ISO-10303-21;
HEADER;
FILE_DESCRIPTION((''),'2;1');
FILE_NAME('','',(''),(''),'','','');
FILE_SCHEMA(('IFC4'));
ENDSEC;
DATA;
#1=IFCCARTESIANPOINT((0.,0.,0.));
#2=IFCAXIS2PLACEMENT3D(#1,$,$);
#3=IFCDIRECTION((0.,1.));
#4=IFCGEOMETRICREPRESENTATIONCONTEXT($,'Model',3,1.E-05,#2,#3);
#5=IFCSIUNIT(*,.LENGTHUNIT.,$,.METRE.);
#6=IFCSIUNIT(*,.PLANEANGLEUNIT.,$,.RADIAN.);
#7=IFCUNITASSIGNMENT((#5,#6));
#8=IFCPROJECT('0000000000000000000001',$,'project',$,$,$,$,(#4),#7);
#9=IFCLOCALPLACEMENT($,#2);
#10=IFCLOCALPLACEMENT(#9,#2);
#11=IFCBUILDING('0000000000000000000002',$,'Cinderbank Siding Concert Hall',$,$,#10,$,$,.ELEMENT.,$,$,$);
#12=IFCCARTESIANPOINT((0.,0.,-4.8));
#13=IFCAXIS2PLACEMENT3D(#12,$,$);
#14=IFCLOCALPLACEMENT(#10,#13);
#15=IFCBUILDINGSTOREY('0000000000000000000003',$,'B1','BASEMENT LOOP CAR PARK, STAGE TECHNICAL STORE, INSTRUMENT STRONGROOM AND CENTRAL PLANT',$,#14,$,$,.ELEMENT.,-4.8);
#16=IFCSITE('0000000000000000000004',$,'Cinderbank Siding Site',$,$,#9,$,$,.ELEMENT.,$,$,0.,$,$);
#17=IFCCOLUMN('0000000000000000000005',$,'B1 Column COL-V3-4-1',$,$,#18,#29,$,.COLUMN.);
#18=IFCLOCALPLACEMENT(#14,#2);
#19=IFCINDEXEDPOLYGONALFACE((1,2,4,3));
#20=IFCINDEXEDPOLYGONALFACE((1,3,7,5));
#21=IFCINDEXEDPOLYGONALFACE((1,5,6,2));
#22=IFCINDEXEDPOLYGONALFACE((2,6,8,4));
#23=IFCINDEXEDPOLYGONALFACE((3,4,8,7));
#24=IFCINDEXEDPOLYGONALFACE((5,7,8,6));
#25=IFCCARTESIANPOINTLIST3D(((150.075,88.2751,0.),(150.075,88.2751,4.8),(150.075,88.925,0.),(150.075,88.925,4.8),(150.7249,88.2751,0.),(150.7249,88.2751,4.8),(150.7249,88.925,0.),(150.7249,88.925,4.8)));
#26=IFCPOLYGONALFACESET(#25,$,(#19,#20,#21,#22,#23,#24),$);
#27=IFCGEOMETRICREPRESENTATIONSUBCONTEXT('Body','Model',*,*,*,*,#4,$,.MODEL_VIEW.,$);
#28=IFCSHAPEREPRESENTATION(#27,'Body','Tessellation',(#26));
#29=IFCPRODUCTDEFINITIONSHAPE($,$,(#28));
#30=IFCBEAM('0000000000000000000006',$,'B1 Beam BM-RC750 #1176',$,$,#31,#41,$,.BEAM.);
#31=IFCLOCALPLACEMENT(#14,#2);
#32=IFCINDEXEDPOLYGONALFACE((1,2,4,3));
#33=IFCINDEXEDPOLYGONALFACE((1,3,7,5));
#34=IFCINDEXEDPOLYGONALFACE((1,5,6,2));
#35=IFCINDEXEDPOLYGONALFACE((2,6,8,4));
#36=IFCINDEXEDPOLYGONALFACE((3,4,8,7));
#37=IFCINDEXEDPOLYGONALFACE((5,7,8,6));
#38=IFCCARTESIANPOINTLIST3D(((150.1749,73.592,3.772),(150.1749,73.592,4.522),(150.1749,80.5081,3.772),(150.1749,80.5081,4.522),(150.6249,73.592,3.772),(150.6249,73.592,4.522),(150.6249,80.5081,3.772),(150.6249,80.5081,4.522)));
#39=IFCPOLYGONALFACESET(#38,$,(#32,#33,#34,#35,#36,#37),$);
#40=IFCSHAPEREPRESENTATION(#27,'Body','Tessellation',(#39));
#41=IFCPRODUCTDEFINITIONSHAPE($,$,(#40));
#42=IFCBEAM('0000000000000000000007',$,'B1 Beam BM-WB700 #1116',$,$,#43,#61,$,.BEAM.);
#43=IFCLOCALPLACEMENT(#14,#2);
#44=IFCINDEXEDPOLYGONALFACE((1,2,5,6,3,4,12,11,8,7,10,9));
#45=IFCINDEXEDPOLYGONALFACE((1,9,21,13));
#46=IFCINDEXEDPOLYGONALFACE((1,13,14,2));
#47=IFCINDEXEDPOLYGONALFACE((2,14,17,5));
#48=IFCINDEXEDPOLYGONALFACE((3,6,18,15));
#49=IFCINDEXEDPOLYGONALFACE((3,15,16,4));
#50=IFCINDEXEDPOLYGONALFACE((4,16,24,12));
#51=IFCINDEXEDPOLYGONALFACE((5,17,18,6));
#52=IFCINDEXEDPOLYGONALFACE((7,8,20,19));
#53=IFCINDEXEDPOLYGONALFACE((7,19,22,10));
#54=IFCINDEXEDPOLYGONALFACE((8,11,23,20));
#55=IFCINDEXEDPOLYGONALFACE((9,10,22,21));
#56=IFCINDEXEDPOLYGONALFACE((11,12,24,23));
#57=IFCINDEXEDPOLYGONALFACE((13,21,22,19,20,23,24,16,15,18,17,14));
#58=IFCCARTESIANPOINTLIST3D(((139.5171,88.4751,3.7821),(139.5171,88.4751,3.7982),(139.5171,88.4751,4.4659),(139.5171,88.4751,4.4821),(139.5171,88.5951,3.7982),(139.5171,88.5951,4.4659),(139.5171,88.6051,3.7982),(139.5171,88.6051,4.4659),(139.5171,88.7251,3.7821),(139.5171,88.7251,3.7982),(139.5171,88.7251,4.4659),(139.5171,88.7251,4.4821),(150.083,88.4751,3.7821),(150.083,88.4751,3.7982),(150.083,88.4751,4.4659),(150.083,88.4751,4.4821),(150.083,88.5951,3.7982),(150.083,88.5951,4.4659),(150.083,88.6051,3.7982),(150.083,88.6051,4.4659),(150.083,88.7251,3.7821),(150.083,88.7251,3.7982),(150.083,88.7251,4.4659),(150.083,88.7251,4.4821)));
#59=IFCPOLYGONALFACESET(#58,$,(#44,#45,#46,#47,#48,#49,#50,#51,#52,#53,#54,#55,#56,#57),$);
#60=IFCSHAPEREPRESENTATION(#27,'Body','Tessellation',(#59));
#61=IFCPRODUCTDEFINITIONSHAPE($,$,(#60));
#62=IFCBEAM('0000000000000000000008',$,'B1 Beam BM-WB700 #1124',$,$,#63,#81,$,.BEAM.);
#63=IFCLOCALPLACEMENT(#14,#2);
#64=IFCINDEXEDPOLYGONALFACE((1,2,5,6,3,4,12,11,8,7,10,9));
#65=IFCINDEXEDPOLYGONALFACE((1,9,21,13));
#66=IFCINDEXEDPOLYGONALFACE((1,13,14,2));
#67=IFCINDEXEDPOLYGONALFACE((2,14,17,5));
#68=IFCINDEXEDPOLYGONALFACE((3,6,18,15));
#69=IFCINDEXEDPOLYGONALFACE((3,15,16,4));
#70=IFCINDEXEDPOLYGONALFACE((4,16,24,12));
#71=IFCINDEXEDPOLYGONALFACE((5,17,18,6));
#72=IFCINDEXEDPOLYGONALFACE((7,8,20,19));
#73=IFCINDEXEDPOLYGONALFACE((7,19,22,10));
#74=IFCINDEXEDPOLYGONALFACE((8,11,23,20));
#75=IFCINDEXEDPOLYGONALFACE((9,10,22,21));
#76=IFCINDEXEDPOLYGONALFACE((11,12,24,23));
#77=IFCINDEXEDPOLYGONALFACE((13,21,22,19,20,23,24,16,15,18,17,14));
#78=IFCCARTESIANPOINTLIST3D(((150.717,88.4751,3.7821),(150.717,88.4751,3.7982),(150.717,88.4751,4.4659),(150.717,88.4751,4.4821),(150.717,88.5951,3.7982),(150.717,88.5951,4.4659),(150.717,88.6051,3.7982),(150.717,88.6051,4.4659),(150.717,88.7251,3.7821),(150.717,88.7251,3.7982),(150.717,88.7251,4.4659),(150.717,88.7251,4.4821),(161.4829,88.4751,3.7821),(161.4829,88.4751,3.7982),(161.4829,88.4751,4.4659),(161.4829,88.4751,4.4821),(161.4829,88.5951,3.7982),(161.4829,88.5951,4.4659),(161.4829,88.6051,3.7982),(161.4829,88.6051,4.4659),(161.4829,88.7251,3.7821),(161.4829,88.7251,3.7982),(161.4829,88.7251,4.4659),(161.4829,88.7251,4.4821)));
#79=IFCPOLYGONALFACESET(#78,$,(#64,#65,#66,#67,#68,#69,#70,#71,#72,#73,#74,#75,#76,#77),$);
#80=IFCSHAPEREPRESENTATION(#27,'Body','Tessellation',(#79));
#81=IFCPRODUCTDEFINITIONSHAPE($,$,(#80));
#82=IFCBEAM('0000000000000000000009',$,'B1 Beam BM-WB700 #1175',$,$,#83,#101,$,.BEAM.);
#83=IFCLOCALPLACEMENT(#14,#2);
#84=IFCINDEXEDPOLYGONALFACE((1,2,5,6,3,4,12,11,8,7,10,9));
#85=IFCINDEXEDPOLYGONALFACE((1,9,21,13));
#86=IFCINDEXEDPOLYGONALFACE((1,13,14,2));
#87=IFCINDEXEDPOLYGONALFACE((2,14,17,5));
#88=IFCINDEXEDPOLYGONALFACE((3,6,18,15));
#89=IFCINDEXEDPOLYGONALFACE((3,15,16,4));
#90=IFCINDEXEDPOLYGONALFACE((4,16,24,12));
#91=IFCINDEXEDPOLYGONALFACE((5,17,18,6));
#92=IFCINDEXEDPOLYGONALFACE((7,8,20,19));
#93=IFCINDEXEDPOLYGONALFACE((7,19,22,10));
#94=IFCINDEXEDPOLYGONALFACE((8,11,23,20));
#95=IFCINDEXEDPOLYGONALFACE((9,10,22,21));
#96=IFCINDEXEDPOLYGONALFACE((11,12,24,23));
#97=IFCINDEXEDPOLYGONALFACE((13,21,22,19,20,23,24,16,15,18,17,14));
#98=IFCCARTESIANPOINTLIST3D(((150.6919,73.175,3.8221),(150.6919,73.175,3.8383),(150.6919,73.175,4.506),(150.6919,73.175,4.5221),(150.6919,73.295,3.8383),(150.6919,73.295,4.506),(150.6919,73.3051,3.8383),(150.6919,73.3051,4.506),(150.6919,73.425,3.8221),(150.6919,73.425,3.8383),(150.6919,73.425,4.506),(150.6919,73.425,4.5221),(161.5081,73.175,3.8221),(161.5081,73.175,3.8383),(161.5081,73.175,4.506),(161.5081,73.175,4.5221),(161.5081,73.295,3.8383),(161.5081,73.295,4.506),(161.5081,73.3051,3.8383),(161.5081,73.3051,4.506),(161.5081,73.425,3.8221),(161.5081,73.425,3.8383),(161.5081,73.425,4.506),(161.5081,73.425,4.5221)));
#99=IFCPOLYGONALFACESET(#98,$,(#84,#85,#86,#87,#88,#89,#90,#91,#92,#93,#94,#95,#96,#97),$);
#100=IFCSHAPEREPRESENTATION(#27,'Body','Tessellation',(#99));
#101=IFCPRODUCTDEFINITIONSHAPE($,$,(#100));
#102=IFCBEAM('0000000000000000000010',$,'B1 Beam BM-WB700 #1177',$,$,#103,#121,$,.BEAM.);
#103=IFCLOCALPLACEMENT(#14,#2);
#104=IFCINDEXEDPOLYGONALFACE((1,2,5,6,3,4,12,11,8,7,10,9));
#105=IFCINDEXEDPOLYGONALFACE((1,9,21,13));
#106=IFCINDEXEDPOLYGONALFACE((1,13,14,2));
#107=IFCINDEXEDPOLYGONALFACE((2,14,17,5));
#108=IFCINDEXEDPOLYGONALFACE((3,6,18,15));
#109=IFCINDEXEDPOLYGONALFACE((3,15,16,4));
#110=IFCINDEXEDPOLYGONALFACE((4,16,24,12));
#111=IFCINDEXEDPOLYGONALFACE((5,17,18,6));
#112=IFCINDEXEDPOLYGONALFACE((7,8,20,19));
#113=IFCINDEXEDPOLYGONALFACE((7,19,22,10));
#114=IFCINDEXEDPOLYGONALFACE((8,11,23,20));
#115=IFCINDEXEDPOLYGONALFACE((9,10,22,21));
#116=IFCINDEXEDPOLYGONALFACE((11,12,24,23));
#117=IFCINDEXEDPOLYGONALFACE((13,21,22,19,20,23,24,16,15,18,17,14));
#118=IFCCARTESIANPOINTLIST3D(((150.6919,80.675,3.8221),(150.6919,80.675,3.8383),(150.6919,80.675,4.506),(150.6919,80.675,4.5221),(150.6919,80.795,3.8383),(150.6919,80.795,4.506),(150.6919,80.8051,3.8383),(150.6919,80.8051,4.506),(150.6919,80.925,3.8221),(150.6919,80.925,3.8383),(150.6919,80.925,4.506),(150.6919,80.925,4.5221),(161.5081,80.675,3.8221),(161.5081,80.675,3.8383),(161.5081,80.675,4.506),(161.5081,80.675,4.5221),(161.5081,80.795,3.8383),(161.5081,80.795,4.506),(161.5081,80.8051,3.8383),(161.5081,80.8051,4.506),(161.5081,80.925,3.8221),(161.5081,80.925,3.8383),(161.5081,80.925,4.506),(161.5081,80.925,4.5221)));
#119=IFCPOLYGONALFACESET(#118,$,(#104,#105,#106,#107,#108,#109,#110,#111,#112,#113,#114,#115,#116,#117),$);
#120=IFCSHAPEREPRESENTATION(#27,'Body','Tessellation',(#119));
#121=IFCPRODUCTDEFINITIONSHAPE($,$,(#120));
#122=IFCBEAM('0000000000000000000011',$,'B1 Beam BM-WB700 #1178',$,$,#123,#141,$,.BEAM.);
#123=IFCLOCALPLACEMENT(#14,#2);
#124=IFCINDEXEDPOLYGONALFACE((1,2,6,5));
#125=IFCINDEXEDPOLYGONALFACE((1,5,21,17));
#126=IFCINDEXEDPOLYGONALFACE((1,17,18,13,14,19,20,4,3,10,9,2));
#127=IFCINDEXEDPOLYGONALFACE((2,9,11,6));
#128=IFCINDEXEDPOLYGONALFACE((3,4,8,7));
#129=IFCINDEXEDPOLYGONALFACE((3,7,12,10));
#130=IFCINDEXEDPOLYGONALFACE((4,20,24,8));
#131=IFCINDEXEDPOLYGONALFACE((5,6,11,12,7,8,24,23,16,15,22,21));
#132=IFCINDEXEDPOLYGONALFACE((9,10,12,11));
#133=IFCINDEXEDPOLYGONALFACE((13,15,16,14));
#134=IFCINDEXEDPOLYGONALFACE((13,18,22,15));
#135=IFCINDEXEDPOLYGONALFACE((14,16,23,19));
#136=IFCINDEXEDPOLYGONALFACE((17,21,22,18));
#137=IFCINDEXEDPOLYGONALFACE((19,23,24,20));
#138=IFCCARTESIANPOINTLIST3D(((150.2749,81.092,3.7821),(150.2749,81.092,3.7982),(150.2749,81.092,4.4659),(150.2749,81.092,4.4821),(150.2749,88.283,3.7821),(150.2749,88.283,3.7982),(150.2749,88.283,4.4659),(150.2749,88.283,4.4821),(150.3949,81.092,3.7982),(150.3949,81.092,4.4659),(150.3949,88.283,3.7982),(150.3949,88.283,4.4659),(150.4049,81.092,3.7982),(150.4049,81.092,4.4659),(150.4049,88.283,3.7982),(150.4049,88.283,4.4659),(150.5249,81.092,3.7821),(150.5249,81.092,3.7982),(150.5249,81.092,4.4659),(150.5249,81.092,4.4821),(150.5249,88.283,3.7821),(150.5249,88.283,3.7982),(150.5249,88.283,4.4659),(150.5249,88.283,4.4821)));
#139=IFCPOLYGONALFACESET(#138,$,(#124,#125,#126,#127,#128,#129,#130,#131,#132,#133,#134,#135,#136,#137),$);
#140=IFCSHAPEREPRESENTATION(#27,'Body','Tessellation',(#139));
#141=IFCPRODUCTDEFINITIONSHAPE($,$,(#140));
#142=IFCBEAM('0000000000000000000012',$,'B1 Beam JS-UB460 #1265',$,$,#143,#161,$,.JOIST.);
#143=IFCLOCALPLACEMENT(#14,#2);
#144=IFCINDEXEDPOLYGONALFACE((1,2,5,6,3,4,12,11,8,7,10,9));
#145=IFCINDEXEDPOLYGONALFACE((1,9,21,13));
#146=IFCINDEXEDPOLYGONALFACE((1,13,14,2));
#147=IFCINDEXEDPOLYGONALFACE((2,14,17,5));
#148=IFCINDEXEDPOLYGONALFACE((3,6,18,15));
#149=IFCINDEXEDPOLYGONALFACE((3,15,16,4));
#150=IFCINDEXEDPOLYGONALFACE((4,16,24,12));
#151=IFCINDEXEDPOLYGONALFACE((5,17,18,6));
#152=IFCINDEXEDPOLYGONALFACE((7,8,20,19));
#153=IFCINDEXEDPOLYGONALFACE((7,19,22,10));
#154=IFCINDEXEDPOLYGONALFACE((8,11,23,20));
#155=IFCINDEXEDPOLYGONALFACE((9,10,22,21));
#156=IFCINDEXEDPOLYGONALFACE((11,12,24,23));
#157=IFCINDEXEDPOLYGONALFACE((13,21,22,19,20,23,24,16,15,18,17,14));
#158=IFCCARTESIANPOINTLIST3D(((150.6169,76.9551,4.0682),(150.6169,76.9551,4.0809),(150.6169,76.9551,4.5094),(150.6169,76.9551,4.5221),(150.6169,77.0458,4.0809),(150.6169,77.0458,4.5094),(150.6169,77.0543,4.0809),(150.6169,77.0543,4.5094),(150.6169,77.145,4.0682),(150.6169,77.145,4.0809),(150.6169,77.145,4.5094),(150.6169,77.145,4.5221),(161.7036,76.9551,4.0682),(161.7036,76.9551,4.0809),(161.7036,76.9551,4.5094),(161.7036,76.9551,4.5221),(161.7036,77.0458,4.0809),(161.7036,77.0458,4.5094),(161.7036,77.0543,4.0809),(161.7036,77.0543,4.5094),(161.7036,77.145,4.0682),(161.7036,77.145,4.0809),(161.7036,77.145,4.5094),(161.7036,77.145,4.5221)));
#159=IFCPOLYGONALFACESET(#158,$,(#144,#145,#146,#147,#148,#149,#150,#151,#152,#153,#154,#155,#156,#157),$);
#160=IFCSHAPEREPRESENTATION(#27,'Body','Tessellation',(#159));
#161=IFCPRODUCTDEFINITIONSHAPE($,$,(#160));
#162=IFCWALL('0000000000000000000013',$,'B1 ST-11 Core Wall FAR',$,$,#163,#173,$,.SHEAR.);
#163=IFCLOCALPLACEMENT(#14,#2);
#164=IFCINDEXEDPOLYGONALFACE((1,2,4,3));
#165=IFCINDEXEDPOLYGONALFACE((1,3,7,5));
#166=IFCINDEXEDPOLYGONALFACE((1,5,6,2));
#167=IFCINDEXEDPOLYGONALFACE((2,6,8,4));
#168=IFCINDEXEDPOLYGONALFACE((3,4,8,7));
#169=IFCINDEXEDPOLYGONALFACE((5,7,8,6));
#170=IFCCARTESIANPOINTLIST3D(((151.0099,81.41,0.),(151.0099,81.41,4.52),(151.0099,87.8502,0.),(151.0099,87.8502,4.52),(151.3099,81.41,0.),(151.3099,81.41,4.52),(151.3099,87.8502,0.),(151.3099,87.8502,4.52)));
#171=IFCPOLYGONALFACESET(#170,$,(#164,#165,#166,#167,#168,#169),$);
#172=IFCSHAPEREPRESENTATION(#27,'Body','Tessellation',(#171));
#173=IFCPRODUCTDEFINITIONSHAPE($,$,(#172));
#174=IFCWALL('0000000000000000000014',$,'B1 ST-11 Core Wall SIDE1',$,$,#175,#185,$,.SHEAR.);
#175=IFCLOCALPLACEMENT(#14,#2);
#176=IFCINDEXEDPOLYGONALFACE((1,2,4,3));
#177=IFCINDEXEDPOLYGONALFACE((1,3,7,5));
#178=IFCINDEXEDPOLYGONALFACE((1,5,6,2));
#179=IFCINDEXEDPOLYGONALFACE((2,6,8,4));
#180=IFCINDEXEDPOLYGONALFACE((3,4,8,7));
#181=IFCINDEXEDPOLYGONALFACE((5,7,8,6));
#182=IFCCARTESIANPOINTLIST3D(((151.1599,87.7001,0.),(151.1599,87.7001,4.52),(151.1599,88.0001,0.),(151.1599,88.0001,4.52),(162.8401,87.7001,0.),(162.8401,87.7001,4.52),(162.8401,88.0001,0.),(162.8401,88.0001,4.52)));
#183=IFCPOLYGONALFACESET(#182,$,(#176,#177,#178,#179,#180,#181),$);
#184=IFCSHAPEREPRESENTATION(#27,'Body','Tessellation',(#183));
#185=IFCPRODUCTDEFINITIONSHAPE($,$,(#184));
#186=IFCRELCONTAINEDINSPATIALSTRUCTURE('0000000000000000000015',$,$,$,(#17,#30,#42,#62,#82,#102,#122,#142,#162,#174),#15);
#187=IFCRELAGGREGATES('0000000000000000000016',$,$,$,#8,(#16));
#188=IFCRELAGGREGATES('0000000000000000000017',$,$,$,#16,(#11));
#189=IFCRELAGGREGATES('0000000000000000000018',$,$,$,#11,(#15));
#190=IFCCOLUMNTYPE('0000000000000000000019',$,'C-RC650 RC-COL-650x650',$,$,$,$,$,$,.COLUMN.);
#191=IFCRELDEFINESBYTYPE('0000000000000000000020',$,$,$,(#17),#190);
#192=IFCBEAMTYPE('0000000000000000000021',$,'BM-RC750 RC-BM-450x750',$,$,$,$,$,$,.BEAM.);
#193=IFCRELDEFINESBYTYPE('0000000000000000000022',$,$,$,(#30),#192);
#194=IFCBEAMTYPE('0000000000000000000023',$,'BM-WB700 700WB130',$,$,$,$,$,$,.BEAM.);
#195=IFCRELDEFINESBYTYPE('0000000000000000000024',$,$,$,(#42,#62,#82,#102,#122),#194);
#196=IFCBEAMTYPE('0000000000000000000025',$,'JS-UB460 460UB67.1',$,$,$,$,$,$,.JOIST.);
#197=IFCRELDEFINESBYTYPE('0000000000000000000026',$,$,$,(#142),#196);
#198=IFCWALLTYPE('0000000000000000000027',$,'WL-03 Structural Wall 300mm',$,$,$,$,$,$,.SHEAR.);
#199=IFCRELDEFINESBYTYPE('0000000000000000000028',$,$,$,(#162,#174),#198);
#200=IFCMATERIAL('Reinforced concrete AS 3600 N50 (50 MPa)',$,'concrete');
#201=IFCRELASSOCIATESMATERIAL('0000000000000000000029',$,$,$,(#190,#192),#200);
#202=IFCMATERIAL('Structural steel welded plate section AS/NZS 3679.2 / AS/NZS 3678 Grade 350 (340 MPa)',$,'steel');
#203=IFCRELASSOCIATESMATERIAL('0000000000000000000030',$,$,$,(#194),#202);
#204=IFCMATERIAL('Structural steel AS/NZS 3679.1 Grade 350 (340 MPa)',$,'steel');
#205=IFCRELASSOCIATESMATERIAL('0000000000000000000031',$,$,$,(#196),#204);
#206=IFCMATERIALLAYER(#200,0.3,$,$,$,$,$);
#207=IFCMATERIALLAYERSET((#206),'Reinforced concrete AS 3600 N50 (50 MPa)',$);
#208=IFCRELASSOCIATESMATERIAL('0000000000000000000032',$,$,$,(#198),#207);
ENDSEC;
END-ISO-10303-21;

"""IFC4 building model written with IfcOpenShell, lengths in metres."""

from ifc_helpers import new_model, si_unit, direction, frame, frame_2d, origin, origin_2d, place, context, subcontext, project, spatial, rectangle, i_section, extrude, material, layer, layer_set, material_profile, profile_set, type_object, element, save


model = new_model("IFC4")

# Units and contexts
model_context = context("Model", 3, precision=1e-05, world=origin(), true_north=direction((0.0, 1.0)))
body_context = subcontext(model_context, "Body", "Model", "MODEL_VIEW")
ifc_project = project(units=[si_unit("LENGTHUNIT", "METRE"), si_unit("PLANEANGLEUNIT", "RADIAN")], contexts=[model_context])

# Site, building, storey
site_placement = place(None, origin())
site = spatial("IfcSite", under=ifc_project, at=site_placement, Name="Cinderbank Siding Site", CompositionType="ELEMENT", RefElevation=0.0)
building_placement = place(site_placement, origin())
building = spatial("IfcBuilding", under=site, at=building_placement, Name="Cinderbank Siding Concert Hall", CompositionType="ELEMENT")
storey_placement = place(building_placement, frame((0.0, 0.0, -4.8)))
storey = spatial("IfcBuildingStorey", under=building, at=storey_placement, Name="B1", Description="BASEMENT LOOP CAR PARK, STAGE TECHNICAL STORE, INSTRUMENT STRONGROOM AND CENTRAL PLANT", CompositionType="ELEMENT", Elevation=-4.8)

# Column
ifc_material_1 = material(Name="Reinforced concrete AS 3600 N50 (50 MPa)", Category="concrete")
ifc_material_profile_1 = material_profile(ifc_material_1, rectangle(XDim=0.6499, YDim=0.6499, at=origin_2d()), Name="RC-COL-650x650", Category="LoadBearing")
ifc_profile_set_1 = profile_set([ifc_material_profile_1], Name="Reinforced concrete AS 3600 N50 (50 MPa)")
column_type_1 = type_object("IfcColumnType", Name="C-RC650 RC-COL-650x650", PredefinedType="COLUMN", material=ifc_profile_set_1)
column_placement = place(storey_placement, frame((150.3999, 88.6001, 0.0), z_axis=(0.0, 0.0, 1.0), x_axis=(1.0, 0.0, 0.0)))
element("IfcColumn", 1, at=column_placement, inside=storey, type_object=column_type_1, Name="B1 Column COL-V3-4-1", PredefinedType="COLUMN", context=body_context, shape_type="SweptSolid", body=[
    extrude(rectangle(XDim=0.6499, YDim=0.6499, at=origin_2d()), origin(), (0.0, 0.0, 1.0), 4.8),
])

# Beams
ifc_material_profile_2 = material_profile(ifc_material_1, rectangle(XDim=0.45, YDim=0.75, at=origin_2d()), Name="RC-BM-450x750", Category="LoadBearing")
ifc_profile_set_2 = profile_set([ifc_material_profile_2], Name="Reinforced concrete AS 3600 N50 (50 MPa)")
beam_type_1 = type_object("IfcBeamType", Name="BM-RC750 RC-BM-450x750", PredefinedType="BEAM", material=ifc_profile_set_2)
beam_1_placement = place(storey_placement, frame((150.3999, 73.592, 4.147), z_axis=(0.0, 1.0, 0.0), x_axis=(-1.0, 0.0, 0.0)))
element("IfcBeam", 2, at=beam_1_placement, inside=storey, type_object=beam_type_1, Name="B1 Beam BM-RC750 #1176", PredefinedType="BEAM", context=body_context, shape_type="SweptSolid", body=[
    extrude(rectangle(XDim=0.45, YDim=0.75, at=origin_2d()), origin(), (0.0, 0.0, 1.0), 6.916),
])
ifc_material_2 = material(Name="Structural steel welded plate section AS/NZS 3679.2 / AS/NZS 3678 Grade 350 (340 MPa)", Category="steel")
ifc_material_profile_3 = material_profile(ifc_material_2, i_section(OverallWidth=0.25, OverallDepth=0.7, WebThickness=0.01, FlangeThickness=0.0161, at=origin_2d()), Name="700WB130", Category="LoadBearing")
ifc_profile_set_3 = profile_set([ifc_material_profile_3], Name="Structural steel welded plate section AS/NZS 3679.2 / AS/NZS 3678 Grade 350 (340 MPa)")
beam_type_2 = type_object("IfcBeamType", Name="BM-WB700 700WB130", PredefinedType="BEAM", material=ifc_profile_set_3)
beam_2_placement = place(storey_placement, frame((139.5171, 88.6001, 4.1321), z_axis=(1.0, 0.0, 0.0), x_axis=(0.0, 1.0, 0.0)))
element("IfcBeam", 3, at=beam_2_placement, inside=storey, type_object=beam_type_2, Name="B1 Beam BM-WB700 #1116", PredefinedType="BEAM", context=body_context, shape_type="SweptSolid", body=[
    extrude(i_section(OverallWidth=0.25, OverallDepth=0.7, WebThickness=0.01, FlangeThickness=0.0161, at=origin_2d()), origin(), (0.0, 0.0, 1.0), 10.5659),
])
beam_3_placement = place(storey_placement, frame((150.717, 88.6001, 4.1321), z_axis=(1.0, 0.0, 0.0), x_axis=(0.0, 1.0, 0.0)))
element("IfcBeam", 4, at=beam_3_placement, inside=storey, type_object=beam_type_2, Name="B1 Beam BM-WB700 #1124", PredefinedType="BEAM", context=body_context, shape_type="SweptSolid", body=[
    extrude(i_section(OverallWidth=0.25, OverallDepth=0.7, WebThickness=0.01, FlangeThickness=0.0161, at=origin_2d()), origin(), (0.0, 0.0, 1.0), 10.7659),
])
for number, where, z_axis, x_axis, name in (
    (5, (150.6919, 73.3, 4.1721), (1.0, 0.0, 0.0), (0.0, 1.0, 0.0), "B1 Beam BM-WB700 #1175"),
    (6, (150.6919, 80.8, 4.1721), (1.0, 0.0, 0.0), (0.0, 1.0, 0.0), "B1 Beam BM-WB700 #1177"),
):
    element("IfcBeam", number, at=place(storey_placement, frame(where, z_axis=z_axis, x_axis=x_axis)), inside=storey, type_object=beam_type_2, Name=name, PredefinedType="BEAM", context=body_context, shape_type="SweptSolid", body=[
        extrude(i_section(OverallWidth=0.25, OverallDepth=0.7, WebThickness=0.01, FlangeThickness=0.0161, at=origin_2d()), origin(), (0.0, 0.0, 1.0), 10.8162),
    ])
beam_4_placement = place(storey_placement, frame((150.3999, 81.092, 4.1321), z_axis=(0.0, 1.0, 0.0), x_axis=(-1.0, 0.0, 0.0)))
element("IfcBeam", 7, at=beam_4_placement, inside=storey, type_object=beam_type_2, Name="B1 Beam BM-WB700 #1178", PredefinedType="BEAM", context=body_context, shape_type="SweptSolid", body=[
    extrude(i_section(OverallWidth=0.25, OverallDepth=0.7, WebThickness=0.01, FlangeThickness=0.0161, at=origin_2d()), origin(), (0.0, 0.0, 1.0), 7.1909),
])
ifc_material_3 = material(Name="Structural steel AS/NZS 3679.1 Grade 350 (340 MPa)", Category="steel")
ifc_material_profile_4 = material_profile(ifc_material_3, i_section(OverallWidth=0.1899, OverallDepth=0.4539, WebThickness=0.0085, FlangeThickness=0.0127, at=origin_2d()), Name="460UB67.1", Category="LoadBearing")
ifc_profile_set_4 = profile_set([ifc_material_profile_4], Name="Structural steel AS/NZS 3679.1 Grade 350 (340 MPa)")
beam_type_3 = type_object("IfcBeamType", Name="JS-UB460 460UB67.1", PredefinedType="JOIST", material=ifc_profile_set_4)
beam_5_placement = place(storey_placement, frame((150.6169, 77.05, 4.2952), z_axis=(1.0, 0.0, 0.0), x_axis=(0.0, 1.0, 0.0)))
element("IfcBeam", 8, at=beam_5_placement, inside=storey, type_object=beam_type_3, Name="B1 Beam JS-UB460 #1265", PredefinedType="JOIST", context=body_context, shape_type="SweptSolid", body=[
    extrude(i_section(OverallWidth=0.1899, OverallDepth=0.4539, WebThickness=0.0085, FlangeThickness=0.0127, at=origin_2d()), origin(), (0.0, 0.0, 1.0), 11.0867),
])

# Walls
ifc_layer_1 = layer(ifc_material_1, 0.3)
ifc_layer_set_1 = layer_set([ifc_layer_1], Name="Reinforced concrete AS 3600 N50 (50 MPa)")
wall_type = type_object("IfcWallType", Name="WL-03 Structural Wall 300mm", PredefinedType="SHEAR", material=ifc_layer_set_1)
wall_1_placement = place(storey_placement, frame((151.1599, 81.4099, 0.0), z_axis=(0.0, 0.0, 1.0), x_axis=(0.0, 1.0, 0.0)))
element("IfcWall", 9, at=wall_1_placement, inside=storey, type_object=wall_type, Name="B1 ST-11 Core Wall FAR", PredefinedType="SHEAR", context=body_context, shape_type="SweptSolid", body=[
    extrude(rectangle(XDim=6.4402, YDim=0.3, at=frame_2d((3.2202, 0.0))), origin(), (0.0, 0.0, 1.0), 4.52),
])
wall_2_placement = place(storey_placement, frame((151.1599, 87.8501, 0.0), z_axis=(0.0, 0.0, 1.0), x_axis=(1.0, 0.0, 0.0)))
element("IfcWall", 10, at=wall_2_placement, inside=storey, type_object=wall_type, Name="B1 ST-11 Core Wall SIDE1", PredefinedType="SHEAR", context=body_context, shape_type="SweptSolid", body=[
    extrude(rectangle(XDim=11.6802, YDim=0.3, at=frame_2d((5.8401, 0.0))), origin(), (0.0, 0.0, 1.0), 4.52),
])

save(model, "model.ifc")
